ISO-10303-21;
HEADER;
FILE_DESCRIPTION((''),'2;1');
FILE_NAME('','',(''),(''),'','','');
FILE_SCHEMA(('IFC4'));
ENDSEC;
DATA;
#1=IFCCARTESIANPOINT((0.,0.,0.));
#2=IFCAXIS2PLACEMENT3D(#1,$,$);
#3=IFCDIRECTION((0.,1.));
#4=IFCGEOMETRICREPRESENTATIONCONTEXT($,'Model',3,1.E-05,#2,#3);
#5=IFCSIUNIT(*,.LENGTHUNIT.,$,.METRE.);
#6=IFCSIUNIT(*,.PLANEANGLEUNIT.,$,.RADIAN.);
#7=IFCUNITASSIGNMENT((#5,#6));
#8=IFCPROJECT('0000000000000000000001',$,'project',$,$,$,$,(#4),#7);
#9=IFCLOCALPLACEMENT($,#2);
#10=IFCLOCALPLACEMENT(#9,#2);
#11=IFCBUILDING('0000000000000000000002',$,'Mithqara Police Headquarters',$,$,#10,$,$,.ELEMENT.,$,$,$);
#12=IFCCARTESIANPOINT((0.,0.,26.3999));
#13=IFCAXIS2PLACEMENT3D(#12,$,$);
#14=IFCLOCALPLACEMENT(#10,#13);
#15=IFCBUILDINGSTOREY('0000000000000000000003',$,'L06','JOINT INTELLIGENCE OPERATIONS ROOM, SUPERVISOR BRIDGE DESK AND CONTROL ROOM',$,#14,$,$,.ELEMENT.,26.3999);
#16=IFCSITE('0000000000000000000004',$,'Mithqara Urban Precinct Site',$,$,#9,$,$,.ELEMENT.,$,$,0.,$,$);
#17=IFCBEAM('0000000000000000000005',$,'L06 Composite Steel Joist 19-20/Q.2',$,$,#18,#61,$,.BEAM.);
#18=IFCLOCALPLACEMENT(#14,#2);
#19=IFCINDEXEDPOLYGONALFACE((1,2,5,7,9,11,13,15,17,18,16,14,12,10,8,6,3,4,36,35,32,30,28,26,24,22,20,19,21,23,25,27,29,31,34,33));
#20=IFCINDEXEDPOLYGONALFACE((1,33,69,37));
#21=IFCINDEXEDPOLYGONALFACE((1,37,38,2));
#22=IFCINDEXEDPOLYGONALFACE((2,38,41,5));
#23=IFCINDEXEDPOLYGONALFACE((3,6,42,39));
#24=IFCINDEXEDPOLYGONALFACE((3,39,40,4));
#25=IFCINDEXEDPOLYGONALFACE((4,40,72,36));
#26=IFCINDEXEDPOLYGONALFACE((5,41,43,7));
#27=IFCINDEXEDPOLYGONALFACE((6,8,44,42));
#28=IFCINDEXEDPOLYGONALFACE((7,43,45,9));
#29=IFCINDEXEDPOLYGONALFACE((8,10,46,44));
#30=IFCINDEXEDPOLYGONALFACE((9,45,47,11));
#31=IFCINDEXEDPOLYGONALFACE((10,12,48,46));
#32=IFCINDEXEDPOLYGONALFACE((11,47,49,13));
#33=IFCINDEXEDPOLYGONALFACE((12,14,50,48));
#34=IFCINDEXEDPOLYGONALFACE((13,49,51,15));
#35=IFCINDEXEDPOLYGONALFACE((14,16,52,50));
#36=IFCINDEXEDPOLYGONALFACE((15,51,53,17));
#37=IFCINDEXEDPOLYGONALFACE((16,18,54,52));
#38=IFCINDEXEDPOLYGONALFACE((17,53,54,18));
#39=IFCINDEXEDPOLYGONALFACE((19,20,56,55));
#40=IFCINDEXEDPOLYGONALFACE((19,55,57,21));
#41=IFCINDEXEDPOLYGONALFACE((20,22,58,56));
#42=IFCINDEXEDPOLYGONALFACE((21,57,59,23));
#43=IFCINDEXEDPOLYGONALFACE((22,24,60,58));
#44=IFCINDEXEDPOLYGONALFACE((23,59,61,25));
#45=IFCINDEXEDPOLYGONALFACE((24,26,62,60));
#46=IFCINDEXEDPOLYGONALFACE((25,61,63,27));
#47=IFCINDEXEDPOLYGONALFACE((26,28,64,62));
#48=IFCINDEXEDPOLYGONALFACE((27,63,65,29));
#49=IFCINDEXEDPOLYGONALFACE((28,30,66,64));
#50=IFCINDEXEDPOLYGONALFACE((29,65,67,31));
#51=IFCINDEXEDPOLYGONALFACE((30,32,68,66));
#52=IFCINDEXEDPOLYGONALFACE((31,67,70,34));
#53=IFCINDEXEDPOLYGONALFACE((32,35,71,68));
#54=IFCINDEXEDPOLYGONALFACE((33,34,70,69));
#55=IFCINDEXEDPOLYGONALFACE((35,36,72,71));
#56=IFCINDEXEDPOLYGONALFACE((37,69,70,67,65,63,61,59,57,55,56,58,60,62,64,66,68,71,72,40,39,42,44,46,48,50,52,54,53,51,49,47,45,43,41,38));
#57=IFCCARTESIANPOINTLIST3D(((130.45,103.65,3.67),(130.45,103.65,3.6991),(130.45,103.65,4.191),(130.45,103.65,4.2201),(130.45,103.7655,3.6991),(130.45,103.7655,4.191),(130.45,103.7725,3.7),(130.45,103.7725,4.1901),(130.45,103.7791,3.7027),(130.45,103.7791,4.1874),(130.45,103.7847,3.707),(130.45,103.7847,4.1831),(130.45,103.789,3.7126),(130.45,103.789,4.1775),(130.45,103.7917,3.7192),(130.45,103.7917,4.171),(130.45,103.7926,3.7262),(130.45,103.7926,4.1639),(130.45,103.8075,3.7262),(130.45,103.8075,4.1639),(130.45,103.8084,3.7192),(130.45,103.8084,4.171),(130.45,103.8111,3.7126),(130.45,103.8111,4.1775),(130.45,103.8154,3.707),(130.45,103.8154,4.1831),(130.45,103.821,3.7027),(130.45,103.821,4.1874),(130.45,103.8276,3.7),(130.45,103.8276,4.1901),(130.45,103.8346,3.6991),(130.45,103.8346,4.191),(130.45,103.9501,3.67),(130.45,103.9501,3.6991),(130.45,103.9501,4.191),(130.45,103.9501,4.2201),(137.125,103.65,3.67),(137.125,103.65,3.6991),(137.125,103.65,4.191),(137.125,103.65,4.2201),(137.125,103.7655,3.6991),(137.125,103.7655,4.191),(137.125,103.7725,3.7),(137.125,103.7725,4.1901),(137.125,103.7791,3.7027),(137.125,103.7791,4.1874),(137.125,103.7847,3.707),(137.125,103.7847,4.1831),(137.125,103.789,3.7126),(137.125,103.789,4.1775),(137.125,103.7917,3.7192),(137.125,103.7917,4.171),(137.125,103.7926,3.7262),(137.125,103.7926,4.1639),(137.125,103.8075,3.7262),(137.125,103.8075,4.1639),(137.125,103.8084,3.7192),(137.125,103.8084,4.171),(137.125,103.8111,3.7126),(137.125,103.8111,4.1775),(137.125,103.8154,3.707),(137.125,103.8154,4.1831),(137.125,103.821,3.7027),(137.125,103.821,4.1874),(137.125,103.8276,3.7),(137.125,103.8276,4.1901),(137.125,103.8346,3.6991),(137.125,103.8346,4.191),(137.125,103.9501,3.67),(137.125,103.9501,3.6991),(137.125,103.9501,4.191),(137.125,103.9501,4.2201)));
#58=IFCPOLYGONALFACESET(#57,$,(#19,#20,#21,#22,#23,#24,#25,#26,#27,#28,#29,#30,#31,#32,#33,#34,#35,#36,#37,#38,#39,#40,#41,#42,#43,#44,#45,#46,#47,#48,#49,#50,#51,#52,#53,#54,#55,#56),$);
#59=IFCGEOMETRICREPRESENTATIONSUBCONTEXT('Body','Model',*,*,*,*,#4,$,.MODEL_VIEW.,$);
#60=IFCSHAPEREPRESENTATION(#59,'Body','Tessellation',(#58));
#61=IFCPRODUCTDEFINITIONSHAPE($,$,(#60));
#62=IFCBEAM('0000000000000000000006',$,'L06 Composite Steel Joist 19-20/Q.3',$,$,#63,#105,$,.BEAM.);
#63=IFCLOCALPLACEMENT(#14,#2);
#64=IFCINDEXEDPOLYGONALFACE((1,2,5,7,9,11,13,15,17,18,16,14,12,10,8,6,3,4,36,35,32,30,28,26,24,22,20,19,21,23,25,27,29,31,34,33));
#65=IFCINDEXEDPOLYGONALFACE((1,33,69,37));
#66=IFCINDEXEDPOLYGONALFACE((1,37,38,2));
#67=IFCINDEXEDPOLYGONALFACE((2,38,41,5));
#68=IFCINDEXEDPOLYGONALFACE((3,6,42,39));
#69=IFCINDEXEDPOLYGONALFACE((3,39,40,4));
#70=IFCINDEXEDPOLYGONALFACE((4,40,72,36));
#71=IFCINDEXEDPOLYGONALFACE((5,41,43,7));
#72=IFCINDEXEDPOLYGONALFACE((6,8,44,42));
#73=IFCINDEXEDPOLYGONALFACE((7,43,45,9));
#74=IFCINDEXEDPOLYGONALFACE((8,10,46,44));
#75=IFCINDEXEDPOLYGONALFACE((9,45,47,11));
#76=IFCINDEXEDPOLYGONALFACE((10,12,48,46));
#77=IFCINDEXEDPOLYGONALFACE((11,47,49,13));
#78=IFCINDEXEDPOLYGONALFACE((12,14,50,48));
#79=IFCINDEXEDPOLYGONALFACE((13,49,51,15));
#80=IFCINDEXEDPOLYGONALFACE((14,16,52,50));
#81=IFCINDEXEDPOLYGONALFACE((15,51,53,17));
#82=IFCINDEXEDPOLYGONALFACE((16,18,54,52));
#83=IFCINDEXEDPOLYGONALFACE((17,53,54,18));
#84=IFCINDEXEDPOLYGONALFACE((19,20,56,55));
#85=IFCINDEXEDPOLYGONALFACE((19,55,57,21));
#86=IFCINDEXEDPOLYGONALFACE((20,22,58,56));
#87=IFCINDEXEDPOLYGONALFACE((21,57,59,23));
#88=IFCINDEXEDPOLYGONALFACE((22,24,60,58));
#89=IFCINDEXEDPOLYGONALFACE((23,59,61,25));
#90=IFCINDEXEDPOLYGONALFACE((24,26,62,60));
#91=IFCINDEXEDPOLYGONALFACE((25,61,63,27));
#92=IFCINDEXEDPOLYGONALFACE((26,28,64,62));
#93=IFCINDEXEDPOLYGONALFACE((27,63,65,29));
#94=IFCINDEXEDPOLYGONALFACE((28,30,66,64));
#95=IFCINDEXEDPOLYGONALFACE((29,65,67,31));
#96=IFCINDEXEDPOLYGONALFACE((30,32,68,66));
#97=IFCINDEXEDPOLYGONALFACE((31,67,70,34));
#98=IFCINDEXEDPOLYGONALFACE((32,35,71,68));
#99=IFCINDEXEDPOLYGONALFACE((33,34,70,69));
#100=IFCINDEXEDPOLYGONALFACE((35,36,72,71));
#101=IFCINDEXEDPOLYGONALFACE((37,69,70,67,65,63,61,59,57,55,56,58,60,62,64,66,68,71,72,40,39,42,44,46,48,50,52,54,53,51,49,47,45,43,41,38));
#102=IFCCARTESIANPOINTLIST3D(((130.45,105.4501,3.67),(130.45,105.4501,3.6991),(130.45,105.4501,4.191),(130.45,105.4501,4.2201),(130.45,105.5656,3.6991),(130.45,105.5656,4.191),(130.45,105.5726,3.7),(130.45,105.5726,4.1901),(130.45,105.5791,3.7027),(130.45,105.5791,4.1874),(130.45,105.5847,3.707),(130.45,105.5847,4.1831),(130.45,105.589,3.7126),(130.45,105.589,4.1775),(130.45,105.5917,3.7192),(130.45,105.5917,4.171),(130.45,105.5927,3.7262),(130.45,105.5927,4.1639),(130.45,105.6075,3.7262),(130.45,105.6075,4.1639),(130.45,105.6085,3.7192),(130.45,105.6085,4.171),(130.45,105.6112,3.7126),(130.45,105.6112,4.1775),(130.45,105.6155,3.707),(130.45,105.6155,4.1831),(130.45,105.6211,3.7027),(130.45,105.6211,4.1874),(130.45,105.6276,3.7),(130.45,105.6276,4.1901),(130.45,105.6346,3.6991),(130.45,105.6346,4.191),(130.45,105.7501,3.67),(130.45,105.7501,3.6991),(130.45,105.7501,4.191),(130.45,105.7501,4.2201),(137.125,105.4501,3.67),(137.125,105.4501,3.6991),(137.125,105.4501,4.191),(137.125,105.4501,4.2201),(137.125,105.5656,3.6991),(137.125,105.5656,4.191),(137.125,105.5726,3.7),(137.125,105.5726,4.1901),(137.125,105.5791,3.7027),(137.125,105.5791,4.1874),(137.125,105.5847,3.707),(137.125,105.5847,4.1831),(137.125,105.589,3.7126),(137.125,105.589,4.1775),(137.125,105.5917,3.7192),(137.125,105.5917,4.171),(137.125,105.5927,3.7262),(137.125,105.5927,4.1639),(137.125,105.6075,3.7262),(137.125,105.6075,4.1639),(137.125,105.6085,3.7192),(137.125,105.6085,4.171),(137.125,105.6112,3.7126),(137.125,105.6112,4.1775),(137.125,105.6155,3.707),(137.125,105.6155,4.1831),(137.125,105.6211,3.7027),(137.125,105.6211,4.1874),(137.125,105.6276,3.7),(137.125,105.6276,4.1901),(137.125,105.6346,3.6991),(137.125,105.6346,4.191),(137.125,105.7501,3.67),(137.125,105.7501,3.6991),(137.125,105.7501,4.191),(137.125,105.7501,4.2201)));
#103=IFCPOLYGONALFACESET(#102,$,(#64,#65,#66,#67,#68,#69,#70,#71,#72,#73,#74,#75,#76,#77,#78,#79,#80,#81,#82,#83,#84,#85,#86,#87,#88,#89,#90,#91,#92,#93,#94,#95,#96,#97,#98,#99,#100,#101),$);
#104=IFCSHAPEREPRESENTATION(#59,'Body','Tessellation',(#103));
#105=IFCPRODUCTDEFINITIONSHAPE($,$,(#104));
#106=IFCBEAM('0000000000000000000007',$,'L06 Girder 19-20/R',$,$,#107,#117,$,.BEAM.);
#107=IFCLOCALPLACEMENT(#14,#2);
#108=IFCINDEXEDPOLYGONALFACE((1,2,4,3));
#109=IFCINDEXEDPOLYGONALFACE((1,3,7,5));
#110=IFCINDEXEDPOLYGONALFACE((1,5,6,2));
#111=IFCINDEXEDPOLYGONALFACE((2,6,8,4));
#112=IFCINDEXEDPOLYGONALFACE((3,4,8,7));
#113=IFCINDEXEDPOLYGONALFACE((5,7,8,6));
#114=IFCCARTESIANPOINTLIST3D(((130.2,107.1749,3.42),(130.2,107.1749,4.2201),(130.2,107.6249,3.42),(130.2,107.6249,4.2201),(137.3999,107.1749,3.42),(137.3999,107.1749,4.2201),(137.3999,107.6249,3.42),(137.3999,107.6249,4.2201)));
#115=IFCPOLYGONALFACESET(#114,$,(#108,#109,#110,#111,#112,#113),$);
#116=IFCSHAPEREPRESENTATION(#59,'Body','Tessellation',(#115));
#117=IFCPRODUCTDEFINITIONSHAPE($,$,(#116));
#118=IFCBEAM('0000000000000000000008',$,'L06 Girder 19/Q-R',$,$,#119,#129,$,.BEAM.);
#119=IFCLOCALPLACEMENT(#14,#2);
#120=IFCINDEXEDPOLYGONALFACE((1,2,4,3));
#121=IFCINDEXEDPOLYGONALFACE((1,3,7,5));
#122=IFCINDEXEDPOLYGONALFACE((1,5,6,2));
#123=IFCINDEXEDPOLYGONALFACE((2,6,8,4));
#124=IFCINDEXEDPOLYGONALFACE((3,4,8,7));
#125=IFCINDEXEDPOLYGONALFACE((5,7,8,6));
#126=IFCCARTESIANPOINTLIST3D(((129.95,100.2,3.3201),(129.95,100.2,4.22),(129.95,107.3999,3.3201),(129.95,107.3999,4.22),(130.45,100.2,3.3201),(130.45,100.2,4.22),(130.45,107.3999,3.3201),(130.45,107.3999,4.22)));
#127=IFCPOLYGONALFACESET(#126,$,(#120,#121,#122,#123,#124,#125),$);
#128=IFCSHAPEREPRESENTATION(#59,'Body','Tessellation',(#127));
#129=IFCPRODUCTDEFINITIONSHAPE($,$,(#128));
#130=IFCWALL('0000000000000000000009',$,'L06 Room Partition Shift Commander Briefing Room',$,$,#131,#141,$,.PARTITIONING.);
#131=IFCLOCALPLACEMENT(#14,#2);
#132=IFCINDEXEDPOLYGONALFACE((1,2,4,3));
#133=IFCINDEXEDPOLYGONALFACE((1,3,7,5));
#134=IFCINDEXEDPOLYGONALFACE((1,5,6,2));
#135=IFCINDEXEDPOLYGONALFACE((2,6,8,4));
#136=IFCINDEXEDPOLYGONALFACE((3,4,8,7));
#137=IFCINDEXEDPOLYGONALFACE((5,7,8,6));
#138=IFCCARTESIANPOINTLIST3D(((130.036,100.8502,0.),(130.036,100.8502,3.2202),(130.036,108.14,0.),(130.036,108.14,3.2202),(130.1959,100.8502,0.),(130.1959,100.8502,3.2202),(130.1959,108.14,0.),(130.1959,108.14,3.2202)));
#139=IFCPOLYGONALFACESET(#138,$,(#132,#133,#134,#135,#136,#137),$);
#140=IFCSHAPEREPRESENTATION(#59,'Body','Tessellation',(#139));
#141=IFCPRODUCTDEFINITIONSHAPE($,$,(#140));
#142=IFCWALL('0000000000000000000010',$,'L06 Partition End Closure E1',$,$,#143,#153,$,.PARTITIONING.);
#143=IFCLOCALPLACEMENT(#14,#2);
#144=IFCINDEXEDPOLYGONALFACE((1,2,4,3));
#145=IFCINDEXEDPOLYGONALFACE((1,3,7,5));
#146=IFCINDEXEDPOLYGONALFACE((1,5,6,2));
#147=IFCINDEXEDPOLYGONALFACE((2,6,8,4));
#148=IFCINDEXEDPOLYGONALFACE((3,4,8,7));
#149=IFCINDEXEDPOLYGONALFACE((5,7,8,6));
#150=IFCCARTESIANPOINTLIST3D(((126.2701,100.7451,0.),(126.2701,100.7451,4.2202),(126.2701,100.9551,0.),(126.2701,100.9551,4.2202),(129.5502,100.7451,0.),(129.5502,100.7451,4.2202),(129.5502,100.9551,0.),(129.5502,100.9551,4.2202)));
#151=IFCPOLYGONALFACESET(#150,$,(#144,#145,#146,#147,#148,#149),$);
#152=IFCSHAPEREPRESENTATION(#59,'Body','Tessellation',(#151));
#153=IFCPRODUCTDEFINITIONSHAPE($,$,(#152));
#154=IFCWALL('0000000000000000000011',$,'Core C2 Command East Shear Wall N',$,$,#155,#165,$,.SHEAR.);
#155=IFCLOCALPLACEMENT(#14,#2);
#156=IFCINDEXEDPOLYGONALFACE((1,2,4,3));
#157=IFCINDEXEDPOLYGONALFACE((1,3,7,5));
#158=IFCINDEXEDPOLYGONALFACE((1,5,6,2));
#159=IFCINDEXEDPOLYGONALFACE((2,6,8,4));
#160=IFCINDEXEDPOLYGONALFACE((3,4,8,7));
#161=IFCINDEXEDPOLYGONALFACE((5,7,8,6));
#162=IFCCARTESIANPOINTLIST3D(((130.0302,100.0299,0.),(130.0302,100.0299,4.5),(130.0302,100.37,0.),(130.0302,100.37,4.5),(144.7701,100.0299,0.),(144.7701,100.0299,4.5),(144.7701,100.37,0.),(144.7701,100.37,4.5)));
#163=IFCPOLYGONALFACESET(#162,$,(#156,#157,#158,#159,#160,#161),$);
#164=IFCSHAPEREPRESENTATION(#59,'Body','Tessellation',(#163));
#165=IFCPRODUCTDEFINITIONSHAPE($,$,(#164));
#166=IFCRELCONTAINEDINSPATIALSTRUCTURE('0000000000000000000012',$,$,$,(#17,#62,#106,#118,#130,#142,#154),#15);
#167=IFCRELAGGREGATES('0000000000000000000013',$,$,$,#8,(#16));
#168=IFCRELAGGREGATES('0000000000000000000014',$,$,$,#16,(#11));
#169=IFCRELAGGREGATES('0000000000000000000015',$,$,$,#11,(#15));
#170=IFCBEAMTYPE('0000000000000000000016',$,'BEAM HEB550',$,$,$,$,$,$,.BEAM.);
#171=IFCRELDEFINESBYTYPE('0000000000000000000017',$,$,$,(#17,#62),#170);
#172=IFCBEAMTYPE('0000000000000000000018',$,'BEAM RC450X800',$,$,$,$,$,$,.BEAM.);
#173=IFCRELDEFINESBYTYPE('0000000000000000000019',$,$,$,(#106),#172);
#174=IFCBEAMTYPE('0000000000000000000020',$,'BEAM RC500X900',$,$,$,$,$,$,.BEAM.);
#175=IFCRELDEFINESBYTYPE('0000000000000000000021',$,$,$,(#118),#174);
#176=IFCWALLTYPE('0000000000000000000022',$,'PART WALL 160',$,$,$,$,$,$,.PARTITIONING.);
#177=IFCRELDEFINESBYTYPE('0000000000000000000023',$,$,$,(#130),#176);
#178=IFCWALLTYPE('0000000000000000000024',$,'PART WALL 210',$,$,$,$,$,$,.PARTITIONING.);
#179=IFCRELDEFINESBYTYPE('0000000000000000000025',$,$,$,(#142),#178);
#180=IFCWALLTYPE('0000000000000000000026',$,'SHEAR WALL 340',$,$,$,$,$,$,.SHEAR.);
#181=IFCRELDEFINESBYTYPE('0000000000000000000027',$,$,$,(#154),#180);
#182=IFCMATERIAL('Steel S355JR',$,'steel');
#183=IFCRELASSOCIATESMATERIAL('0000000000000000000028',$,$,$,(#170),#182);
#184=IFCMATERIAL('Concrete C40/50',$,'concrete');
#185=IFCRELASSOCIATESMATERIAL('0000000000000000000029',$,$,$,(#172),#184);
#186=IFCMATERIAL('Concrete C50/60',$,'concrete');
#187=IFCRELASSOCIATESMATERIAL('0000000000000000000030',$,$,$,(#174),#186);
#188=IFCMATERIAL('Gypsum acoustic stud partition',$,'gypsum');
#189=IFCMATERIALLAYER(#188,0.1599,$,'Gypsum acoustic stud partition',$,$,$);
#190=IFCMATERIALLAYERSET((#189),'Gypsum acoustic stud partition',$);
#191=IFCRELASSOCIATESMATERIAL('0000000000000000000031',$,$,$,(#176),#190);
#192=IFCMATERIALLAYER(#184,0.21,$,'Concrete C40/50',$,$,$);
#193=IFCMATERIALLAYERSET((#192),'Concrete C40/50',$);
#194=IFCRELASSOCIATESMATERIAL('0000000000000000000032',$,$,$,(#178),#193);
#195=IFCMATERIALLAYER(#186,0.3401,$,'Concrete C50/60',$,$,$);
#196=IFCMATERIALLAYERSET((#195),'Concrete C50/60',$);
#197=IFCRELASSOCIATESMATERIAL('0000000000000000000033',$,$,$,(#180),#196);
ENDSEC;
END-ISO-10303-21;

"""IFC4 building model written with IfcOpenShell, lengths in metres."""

from ifc_helpers import new_model, si_unit, direction, frame, frame_2d, origin, origin_2d, place, context, subcontext, project, spatial, rectangle, i_section, extrude, material, layer, layer_set, material_profile, profile_set, type_object, element, save


model = new_model("IFC4")

# Units and contexts
model_context = context("Model", 3, precision=1e-05, world=origin(), true_north=direction((0.0, 1.0)))
body_context = subcontext(model_context, "Body", "Model", "MODEL_VIEW")
ifc_project = project(units=[si_unit("LENGTHUNIT", "METRE"), si_unit("PLANEANGLEUNIT", "RADIAN")], contexts=[model_context])

# Site, building, storey
site_placement = place(None, origin())
site = spatial("IfcSite", under=ifc_project, at=site_placement, Name="Mithqara Urban Precinct Site", CompositionType="ELEMENT", RefElevation=0.0)
building_placement = place(site_placement, origin())
building = spatial("IfcBuilding", under=site, at=building_placement, Name="Mithqara Police Headquarters", CompositionType="ELEMENT")
storey_placement = place(building_placement, frame((0.0, 0.0, 26.3999)))
storey = spatial("IfcBuildingStorey", under=building, at=storey_placement, Name="L06", Description="JOINT INTELLIGENCE OPERATIONS ROOM, SUPERVISOR BRIDGE DESK AND CONTROL ROOM", CompositionType="ELEMENT", Elevation=26.3999)

# Shared definitions
ifc_material_1 = material(Name="Concrete C50/60", Category="concrete")

# Beams
ifc_material_2 = material(Name="Steel S355JR", Category="steel")
ifc_material_profile_1 = material_profile(ifc_material_2, i_section(OverallWidth=0.3, OverallDepth=0.55, WebThickness=0.0149, FlangeThickness=0.0291, FilletRadius=0.0271, at=origin_2d()), Name="HEB 550")
ifc_profile_set_1 = profile_set([ifc_material_profile_1], Name="Steel S355JR")
beam_type_1 = type_object("IfcBeamType", Name="BEAM HEB550", PredefinedType="BEAM", material=ifc_profile_set_1)
for number, where, z_axis, x_axis, name in (
    (1, (130.45, 103.8, 3.9451), (1.0, 0.0, 0.0), (0.0, 1.0, 0.0), "L06 Composite Steel Joist 19-20/Q.2"),
    (2, (130.45, 105.6001, 3.9451), (1.0, 0.0, 0.0), (0.0, 1.0, 0.0), "L06 Composite Steel Joist 19-20/Q.3"),
):
    element("IfcBeam", number, at=place(storey_placement, frame(where, z_axis=z_axis, x_axis=x_axis)), inside=storey, type_object=beam_type_1, Name=name, PredefinedType="BEAM", context=body_context, shape_type="SweptSolid", body=[
        extrude(i_section(OverallWidth=0.3, OverallDepth=0.55, WebThickness=0.0149, FlangeThickness=0.0291, FilletRadius=0.0271, at=origin_2d()), origin(), (0.0, 0.0, 1.0), 6.675),
    ])
ifc_material_3 = material(Name="Concrete C40/50", Category="concrete")
ifc_material_profile_2 = material_profile(ifc_material_3, rectangle(XDim=0.45, YDim=0.8, at=origin_2d()), Name="RC 450x800")
ifc_profile_set_2 = profile_set([ifc_material_profile_2], Name="Concrete C40/50")
beam_type_2 = type_object("IfcBeamType", Name="BEAM RC450X800", PredefinedType="BEAM", material=ifc_profile_set_2)
beam_1_placement = place(storey_placement, frame((130.2, 107.3999, 3.8201), z_axis=(1.0, 0.0, 0.0), x_axis=(0.0, 1.0, 0.0)))
element("IfcBeam", 3, at=beam_1_placement, inside=storey, type_object=beam_type_2, Name="L06 Girder 19-20/R", PredefinedType="BEAM", context=body_context, shape_type="SweptSolid", body=[
    extrude(rectangle(XDim=0.45, YDim=0.8, at=origin_2d()), origin(), (0.0, 0.0, 1.0), 7.2),
])
ifc_material_profile_3 = material_profile(ifc_material_1, rectangle(XDim=0.5, YDim=0.8999, at=origin_2d()), Name="RC 500x900")
ifc_profile_set_3 = profile_set([ifc_material_profile_3], Name="Concrete C50/60")
beam_type_3 = type_object("IfcBeamType", Name="BEAM RC500X900", PredefinedType="BEAM", material=ifc_profile_set_3)
beam_2_placement = place(storey_placement, frame((130.2, 100.2, 3.77), z_axis=(0.0, 1.0, 0.0), x_axis=(-1.0, 0.0, 0.0)))
element("IfcBeam", 4, at=beam_2_placement, inside=storey, type_object=beam_type_3, Name="L06 Girder 19/Q-R", PredefinedType="BEAM", context=body_context, shape_type="SweptSolid", body=[
    extrude(rectangle(XDim=0.5, YDim=0.8999, at=origin_2d()), origin(), (0.0, 0.0, 1.0), 7.2),
])

# Walls
ifc_material_4 = material(Name="Gypsum acoustic stud partition", Category="gypsum")
ifc_layer_1 = layer(ifc_material_4, 0.1599, Name="Gypsum acoustic stud partition")
ifc_layer_set_1 = layer_set([ifc_layer_1], Name="Gypsum acoustic stud partition")
wall_type_1 = type_object("IfcWallType", Name="PART WALL 160", PredefinedType="PARTITIONING", material=ifc_layer_set_1)
wall_1_placement = place(storey_placement, frame((130.116, 100.8501, 0.0), z_axis=(0.0, 0.0, 1.0), x_axis=(0.0, 1.0, 0.0)))
element("IfcWall", 5, at=wall_1_placement, inside=storey, type_object=wall_type_1, Name="L06 Room Partition Shift Commander Briefing Room", PredefinedType="PARTITIONING", context=body_context, shape_type="SweptSolid", body=[
    extrude(rectangle(XDim=7.2898, YDim=0.1599, at=frame_2d((3.645, 0.0))), origin(), (0.0, 0.0, 1.0), 3.2202),
])
ifc_layer_2 = layer(ifc_material_3, 0.21, Name="Concrete C40/50")
ifc_layer_set_2 = layer_set([ifc_layer_2], Name="Concrete C40/50")
wall_type_2 = type_object("IfcWallType", Name="PART WALL 210", PredefinedType="PARTITIONING", material=ifc_layer_set_2)
wall_2_placement = place(storey_placement, frame((126.27, 100.8501, 0.0), z_axis=(0.0, 0.0, 1.0), x_axis=(1.0, 0.0, 0.0)))
element("IfcWall", 6, at=wall_2_placement, inside=storey, type_object=wall_type_2, Name="L06 Partition End Closure E1", PredefinedType="PARTITIONING", context=body_context, shape_type="SweptSolid", body=[
    extrude(rectangle(XDim=3.28, YDim=0.21, at=frame_2d((1.6401, 0.0))), origin(), (0.0, 0.0, 1.0), 4.2202),
])
ifc_layer_3 = layer(ifc_material_1, 0.3401, Name="Concrete C50/60")
ifc_layer_set_3 = layer_set([ifc_layer_3], Name="Concrete C50/60")
wall_type_3 = type_object("IfcWallType", Name="SHEAR WALL 340", PredefinedType="SHEAR", material=ifc_layer_set_3)
wall_3_placement = place(storey_placement, frame((130.03, 100.2, 0.0), z_axis=(0.0, 0.0, 1.0), x_axis=(1.0, 0.0, 0.0)))
element("IfcWall", 7, at=wall_3_placement, inside=storey, type_object=wall_type_3, Name="Core C2 Command East Shear Wall N", PredefinedType="SHEAR", context=body_context, shape_type="SweptSolid", body=[
    extrude(rectangle(XDim=14.74, YDim=0.3401, at=frame_2d((7.3701, 0.0))), origin(), (0.0, 0.0, 1.0), 4.5),
])

save(model, "model.ifc")
